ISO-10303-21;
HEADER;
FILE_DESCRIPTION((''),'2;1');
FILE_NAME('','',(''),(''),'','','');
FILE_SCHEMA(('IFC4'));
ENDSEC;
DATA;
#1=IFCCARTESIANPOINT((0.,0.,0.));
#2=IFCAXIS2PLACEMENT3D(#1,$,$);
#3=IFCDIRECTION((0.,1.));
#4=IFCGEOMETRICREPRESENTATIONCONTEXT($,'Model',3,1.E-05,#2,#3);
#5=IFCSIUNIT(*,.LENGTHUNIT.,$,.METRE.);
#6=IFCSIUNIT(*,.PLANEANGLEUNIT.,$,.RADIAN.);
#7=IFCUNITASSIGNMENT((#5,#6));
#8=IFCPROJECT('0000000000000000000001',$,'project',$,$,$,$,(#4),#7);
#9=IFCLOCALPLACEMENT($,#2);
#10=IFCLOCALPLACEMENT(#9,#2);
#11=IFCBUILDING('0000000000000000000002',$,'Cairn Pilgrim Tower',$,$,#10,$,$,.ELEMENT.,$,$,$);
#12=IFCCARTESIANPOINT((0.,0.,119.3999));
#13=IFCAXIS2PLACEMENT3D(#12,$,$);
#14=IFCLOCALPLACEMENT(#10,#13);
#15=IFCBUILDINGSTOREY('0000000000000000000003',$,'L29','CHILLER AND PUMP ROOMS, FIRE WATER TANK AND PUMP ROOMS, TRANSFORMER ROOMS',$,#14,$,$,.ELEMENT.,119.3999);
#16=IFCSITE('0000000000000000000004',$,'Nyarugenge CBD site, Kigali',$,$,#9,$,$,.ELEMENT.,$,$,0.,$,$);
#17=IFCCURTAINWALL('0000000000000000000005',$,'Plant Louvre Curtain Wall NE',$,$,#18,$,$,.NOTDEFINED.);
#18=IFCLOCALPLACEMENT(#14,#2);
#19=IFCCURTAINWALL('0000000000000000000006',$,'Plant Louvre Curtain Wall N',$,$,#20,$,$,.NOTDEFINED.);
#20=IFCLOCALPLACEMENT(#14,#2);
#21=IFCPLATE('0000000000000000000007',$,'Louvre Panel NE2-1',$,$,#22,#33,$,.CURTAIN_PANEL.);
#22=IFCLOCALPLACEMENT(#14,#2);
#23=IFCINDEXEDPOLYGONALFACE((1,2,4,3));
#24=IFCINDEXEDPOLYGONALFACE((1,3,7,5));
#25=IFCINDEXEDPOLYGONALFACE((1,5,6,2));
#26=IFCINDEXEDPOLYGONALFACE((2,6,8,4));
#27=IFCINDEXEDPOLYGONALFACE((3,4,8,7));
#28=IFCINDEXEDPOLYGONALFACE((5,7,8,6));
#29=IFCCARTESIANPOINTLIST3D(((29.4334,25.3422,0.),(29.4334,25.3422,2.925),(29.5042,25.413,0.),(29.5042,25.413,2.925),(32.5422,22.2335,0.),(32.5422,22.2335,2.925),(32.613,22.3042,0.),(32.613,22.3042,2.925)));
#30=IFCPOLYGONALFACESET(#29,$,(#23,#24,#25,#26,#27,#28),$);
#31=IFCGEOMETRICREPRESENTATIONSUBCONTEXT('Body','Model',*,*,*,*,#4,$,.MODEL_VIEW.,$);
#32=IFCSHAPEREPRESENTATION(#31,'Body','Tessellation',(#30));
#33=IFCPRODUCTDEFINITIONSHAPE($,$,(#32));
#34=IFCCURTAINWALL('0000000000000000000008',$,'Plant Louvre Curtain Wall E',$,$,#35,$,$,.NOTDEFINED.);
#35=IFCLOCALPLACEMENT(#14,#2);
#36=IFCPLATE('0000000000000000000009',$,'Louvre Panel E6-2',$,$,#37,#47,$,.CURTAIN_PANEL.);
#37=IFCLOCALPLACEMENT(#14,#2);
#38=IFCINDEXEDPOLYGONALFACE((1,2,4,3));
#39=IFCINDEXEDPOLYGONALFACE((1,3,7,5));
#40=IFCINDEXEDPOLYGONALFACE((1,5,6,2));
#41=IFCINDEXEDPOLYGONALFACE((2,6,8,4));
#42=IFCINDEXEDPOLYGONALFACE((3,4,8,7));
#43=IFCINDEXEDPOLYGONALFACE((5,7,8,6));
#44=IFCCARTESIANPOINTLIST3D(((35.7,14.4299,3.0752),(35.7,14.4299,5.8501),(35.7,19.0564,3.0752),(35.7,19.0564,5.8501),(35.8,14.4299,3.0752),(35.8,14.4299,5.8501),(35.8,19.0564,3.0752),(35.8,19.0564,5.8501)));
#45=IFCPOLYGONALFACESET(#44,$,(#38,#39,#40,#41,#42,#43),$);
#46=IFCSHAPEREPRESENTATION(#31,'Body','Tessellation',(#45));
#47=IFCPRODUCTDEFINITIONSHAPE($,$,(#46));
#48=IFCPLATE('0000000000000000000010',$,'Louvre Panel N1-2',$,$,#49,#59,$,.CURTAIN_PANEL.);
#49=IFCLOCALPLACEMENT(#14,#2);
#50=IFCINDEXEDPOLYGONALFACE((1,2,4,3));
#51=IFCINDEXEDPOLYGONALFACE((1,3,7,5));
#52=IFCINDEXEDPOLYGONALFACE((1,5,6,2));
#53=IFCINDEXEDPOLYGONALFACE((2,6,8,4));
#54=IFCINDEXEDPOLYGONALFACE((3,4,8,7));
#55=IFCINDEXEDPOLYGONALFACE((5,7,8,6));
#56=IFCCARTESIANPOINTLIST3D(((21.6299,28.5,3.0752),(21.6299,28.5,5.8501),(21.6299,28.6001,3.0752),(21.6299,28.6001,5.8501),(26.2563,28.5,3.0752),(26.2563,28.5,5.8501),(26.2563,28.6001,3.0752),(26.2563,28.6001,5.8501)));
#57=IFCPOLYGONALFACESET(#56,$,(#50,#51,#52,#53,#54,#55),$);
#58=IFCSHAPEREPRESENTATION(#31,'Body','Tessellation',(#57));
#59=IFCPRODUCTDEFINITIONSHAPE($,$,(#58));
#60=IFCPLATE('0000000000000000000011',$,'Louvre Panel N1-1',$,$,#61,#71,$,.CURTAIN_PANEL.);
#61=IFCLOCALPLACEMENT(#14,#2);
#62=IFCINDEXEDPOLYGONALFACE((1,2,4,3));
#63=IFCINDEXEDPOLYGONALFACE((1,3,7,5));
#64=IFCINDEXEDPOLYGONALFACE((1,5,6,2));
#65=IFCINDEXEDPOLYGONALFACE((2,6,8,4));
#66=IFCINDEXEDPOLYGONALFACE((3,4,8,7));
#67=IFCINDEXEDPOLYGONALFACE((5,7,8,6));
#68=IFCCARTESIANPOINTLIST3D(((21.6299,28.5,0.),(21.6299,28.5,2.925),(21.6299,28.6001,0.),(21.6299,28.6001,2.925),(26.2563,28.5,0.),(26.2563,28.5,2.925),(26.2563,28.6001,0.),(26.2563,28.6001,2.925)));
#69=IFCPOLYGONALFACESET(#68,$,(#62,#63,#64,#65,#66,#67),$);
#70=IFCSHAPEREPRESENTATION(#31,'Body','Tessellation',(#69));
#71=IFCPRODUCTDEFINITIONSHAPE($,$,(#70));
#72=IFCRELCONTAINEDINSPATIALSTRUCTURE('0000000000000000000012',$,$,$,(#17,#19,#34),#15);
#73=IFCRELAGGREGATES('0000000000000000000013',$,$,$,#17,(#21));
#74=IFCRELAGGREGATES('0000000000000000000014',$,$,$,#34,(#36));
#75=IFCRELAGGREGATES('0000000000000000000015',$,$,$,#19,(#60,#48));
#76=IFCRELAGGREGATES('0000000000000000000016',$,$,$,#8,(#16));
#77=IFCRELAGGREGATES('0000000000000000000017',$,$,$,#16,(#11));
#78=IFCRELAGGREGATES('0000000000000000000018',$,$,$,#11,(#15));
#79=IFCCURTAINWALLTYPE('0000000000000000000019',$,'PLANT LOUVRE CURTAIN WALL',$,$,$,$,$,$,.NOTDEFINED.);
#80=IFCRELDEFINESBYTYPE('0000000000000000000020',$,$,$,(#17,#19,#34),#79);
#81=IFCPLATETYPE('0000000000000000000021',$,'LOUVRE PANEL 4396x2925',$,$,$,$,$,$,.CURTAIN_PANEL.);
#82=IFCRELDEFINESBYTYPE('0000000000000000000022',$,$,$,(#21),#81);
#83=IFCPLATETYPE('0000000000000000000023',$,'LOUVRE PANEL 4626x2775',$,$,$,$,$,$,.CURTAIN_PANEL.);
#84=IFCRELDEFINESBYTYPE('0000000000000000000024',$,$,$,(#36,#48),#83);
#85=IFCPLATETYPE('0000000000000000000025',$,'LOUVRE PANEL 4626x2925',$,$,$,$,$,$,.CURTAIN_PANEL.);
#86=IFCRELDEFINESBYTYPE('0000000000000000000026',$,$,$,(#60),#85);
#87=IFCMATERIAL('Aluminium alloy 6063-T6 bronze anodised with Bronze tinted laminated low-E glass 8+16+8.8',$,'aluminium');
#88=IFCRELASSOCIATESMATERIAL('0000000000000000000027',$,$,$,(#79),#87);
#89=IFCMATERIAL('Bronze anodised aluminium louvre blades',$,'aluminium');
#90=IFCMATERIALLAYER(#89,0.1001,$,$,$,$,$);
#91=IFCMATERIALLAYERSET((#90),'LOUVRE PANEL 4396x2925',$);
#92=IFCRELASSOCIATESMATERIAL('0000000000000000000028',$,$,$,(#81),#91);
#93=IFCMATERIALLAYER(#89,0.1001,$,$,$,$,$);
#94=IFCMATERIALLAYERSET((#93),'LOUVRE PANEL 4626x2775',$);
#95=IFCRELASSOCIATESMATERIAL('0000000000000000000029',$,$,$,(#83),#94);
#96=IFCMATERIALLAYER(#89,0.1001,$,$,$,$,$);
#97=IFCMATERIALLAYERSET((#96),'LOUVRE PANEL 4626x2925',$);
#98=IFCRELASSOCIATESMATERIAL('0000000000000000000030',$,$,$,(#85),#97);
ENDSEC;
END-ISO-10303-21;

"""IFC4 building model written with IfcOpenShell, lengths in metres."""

from ifc_helpers import new_model, si_unit, direction, frame, origin, origin_2d, place, context, subcontext, project, spatial, rectangle, extrude, material, layer, layer_set, type_object, element, aggregate, save


model = new_model("IFC4")

# Units and contexts
model_context = context("Model", 3, precision=1e-05, world=origin(), true_north=direction((0.0, 1.0)))
body_context = subcontext(model_context, "Body", "Model", "MODEL_VIEW")
ifc_project = project(units=[si_unit("LENGTHUNIT", "METRE"), si_unit("PLANEANGLEUNIT", "RADIAN")], contexts=[model_context])

# Site, building, storey
site_placement = place(None, origin())
site = spatial("IfcSite", under=ifc_project, at=site_placement, Name="Nyarugenge CBD site, Kigali", CompositionType="ELEMENT", RefElevation=0.0)
building_placement = place(site_placement, origin())
building = spatial("IfcBuilding", under=site, at=building_placement, Name="Cairn Pilgrim Tower", CompositionType="ELEMENT")
storey_placement = place(building_placement, frame((0.0, 0.0, 119.3999)))
storey = spatial("IfcBuildingStorey", under=building, at=storey_placement, Name="L29", Description="CHILLER AND PUMP ROOMS, FIRE WATER TANK AND PUMP ROOMS, TRANSFORMER ROOMS", CompositionType="ELEMENT", Elevation=119.3999)

# Curtain wall
ifc_material_1 = material(Name="Aluminium alloy 6063-T6 bronze anodised with Bronze tinted laminated low-E glass 8+16+8.8", Category="aluminium")
curtain_wall_type = type_object("IfcCurtainWallType", Name="PLANT LOUVRE CURTAIN WALL", PredefinedType="NOTDEFINED", material=ifc_material_1)
curtain_wall_1_placement = place(storey_placement, origin())
curtain_wall_1 = element("IfcCurtainWall", 1, at=curtain_wall_1_placement, inside=storey, type_object=curtain_wall_type, Name="Plant Louvre Curtain Wall NE", PredefinedType="NOTDEFINED")

# Curtain wall
curtain_wall_2_placement = place(storey_placement, origin())
curtain_wall_2 = element("IfcCurtainWall", 2, at=curtain_wall_2_placement, inside=storey, type_object=curtain_wall_type, Name="Plant Louvre Curtain Wall N", PredefinedType="NOTDEFINED")

# Plate
ifc_material_2 = material(Name="Bronze anodised aluminium louvre blades", Category="aluminium")
ifc_layer_1 = layer(ifc_material_2, 0.1001)
ifc_layer_set_1 = layer_set([ifc_layer_1], Name="LOUVRE PANEL 4396x2925")
plate_type_1 = type_object("IfcPlateType", Name="LOUVRE PANEL 4396x2925", PredefinedType="CURTAIN_PANEL", material=ifc_layer_set_1)
plate_1_placement = place(storey_placement, frame((31.0232, 23.8232, 0.0), z_axis=(0.0, 0.0, 1.0), x_axis=(-0.707107, 0.707107, 0.0)))
plate_1 = element("IfcPlate", 3, at=plate_1_placement, type_object=plate_type_1, Name="Louvre Panel NE2-1", PredefinedType="CURTAIN_PANEL", context=body_context, shape_type="SweptSolid", body=[
    extrude(rectangle(XDim=4.3965, YDim=0.1001, at=origin_2d()), origin(), (0.0, 0.0, 1.0), 2.925),
])
aggregate(curtain_wall_1, [plate_1])

# Curtain wall, plate
curtain_wall_3_placement = place(storey_placement, origin())
curtain_wall_3 = element("IfcCurtainWall", 4, at=curtain_wall_3_placement, inside=storey, type_object=curtain_wall_type, Name="Plant Louvre Curtain Wall E", PredefinedType="NOTDEFINED")
ifc_layer_2 = layer(ifc_material_2, 0.1001)
ifc_layer_set_2 = layer_set([ifc_layer_2], Name="LOUVRE PANEL 4626x2775")
plate_type_2 = type_object("IfcPlateType", Name="LOUVRE PANEL 4626x2775", PredefinedType="CURTAIN_PANEL", material=ifc_layer_set_2)
plate_2_placement = place(storey_placement, frame((35.75, 16.7432, 3.0752), z_axis=(0.0, 0.0, 1.0), x_axis=(0.0, 1.0, 0.0)))
plate_2 = element("IfcPlate", 5, at=plate_2_placement, type_object=plate_type_2, Name="Louvre Panel E6-2", PredefinedType="CURTAIN_PANEL", context=body_context, shape_type="SweptSolid", body=[
    extrude(rectangle(XDim=4.6265, YDim=0.1001, at=origin_2d()), origin(), (0.0, 0.0, 1.0), 2.7749),
])
aggregate(curtain_wall_3, [plate_2])

# Plates
plate_3_placement = place(storey_placement, frame((23.9431, 28.55, 3.0752), z_axis=(0.0, 0.0, 1.0), x_axis=(-1.0, 0.0, 0.0)))
plate_3 = element("IfcPlate", 6, at=plate_3_placement, type_object=plate_type_2, Name="Louvre Panel N1-2", PredefinedType="CURTAIN_PANEL", context=body_context, shape_type="SweptSolid", body=[
    extrude(rectangle(XDim=4.6265, YDim=0.1001, at=origin_2d()), origin(), (0.0, 0.0, 1.0), 2.7749),
])
ifc_layer_3 = layer(ifc_material_2, 0.1001)
ifc_layer_set_3 = layer_set([ifc_layer_3], Name="LOUVRE PANEL 4626x2925")
plate_type_3 = type_object("IfcPlateType", Name="LOUVRE PANEL 4626x2925", PredefinedType="CURTAIN_PANEL", material=ifc_layer_set_3)
plate_4_placement = place(storey_placement, frame((23.9431, 28.55, 0.0), z_axis=(0.0, 0.0, 1.0), x_axis=(-1.0, 0.0, 0.0)))
plate_4 = element("IfcPlate", 7, at=plate_4_placement, type_object=plate_type_3, Name="Louvre Panel N1-1", PredefinedType="CURTAIN_PANEL", context=body_context, shape_type="SweptSolid", body=[
    extrude(rectangle(XDim=4.6265, YDim=0.1001, at=origin_2d()), origin(), (0.0, 0.0, 1.0), 2.925),
])
aggregate(curtain_wall_2, [plate_4, plate_3])

save(model, "model.ifc")
